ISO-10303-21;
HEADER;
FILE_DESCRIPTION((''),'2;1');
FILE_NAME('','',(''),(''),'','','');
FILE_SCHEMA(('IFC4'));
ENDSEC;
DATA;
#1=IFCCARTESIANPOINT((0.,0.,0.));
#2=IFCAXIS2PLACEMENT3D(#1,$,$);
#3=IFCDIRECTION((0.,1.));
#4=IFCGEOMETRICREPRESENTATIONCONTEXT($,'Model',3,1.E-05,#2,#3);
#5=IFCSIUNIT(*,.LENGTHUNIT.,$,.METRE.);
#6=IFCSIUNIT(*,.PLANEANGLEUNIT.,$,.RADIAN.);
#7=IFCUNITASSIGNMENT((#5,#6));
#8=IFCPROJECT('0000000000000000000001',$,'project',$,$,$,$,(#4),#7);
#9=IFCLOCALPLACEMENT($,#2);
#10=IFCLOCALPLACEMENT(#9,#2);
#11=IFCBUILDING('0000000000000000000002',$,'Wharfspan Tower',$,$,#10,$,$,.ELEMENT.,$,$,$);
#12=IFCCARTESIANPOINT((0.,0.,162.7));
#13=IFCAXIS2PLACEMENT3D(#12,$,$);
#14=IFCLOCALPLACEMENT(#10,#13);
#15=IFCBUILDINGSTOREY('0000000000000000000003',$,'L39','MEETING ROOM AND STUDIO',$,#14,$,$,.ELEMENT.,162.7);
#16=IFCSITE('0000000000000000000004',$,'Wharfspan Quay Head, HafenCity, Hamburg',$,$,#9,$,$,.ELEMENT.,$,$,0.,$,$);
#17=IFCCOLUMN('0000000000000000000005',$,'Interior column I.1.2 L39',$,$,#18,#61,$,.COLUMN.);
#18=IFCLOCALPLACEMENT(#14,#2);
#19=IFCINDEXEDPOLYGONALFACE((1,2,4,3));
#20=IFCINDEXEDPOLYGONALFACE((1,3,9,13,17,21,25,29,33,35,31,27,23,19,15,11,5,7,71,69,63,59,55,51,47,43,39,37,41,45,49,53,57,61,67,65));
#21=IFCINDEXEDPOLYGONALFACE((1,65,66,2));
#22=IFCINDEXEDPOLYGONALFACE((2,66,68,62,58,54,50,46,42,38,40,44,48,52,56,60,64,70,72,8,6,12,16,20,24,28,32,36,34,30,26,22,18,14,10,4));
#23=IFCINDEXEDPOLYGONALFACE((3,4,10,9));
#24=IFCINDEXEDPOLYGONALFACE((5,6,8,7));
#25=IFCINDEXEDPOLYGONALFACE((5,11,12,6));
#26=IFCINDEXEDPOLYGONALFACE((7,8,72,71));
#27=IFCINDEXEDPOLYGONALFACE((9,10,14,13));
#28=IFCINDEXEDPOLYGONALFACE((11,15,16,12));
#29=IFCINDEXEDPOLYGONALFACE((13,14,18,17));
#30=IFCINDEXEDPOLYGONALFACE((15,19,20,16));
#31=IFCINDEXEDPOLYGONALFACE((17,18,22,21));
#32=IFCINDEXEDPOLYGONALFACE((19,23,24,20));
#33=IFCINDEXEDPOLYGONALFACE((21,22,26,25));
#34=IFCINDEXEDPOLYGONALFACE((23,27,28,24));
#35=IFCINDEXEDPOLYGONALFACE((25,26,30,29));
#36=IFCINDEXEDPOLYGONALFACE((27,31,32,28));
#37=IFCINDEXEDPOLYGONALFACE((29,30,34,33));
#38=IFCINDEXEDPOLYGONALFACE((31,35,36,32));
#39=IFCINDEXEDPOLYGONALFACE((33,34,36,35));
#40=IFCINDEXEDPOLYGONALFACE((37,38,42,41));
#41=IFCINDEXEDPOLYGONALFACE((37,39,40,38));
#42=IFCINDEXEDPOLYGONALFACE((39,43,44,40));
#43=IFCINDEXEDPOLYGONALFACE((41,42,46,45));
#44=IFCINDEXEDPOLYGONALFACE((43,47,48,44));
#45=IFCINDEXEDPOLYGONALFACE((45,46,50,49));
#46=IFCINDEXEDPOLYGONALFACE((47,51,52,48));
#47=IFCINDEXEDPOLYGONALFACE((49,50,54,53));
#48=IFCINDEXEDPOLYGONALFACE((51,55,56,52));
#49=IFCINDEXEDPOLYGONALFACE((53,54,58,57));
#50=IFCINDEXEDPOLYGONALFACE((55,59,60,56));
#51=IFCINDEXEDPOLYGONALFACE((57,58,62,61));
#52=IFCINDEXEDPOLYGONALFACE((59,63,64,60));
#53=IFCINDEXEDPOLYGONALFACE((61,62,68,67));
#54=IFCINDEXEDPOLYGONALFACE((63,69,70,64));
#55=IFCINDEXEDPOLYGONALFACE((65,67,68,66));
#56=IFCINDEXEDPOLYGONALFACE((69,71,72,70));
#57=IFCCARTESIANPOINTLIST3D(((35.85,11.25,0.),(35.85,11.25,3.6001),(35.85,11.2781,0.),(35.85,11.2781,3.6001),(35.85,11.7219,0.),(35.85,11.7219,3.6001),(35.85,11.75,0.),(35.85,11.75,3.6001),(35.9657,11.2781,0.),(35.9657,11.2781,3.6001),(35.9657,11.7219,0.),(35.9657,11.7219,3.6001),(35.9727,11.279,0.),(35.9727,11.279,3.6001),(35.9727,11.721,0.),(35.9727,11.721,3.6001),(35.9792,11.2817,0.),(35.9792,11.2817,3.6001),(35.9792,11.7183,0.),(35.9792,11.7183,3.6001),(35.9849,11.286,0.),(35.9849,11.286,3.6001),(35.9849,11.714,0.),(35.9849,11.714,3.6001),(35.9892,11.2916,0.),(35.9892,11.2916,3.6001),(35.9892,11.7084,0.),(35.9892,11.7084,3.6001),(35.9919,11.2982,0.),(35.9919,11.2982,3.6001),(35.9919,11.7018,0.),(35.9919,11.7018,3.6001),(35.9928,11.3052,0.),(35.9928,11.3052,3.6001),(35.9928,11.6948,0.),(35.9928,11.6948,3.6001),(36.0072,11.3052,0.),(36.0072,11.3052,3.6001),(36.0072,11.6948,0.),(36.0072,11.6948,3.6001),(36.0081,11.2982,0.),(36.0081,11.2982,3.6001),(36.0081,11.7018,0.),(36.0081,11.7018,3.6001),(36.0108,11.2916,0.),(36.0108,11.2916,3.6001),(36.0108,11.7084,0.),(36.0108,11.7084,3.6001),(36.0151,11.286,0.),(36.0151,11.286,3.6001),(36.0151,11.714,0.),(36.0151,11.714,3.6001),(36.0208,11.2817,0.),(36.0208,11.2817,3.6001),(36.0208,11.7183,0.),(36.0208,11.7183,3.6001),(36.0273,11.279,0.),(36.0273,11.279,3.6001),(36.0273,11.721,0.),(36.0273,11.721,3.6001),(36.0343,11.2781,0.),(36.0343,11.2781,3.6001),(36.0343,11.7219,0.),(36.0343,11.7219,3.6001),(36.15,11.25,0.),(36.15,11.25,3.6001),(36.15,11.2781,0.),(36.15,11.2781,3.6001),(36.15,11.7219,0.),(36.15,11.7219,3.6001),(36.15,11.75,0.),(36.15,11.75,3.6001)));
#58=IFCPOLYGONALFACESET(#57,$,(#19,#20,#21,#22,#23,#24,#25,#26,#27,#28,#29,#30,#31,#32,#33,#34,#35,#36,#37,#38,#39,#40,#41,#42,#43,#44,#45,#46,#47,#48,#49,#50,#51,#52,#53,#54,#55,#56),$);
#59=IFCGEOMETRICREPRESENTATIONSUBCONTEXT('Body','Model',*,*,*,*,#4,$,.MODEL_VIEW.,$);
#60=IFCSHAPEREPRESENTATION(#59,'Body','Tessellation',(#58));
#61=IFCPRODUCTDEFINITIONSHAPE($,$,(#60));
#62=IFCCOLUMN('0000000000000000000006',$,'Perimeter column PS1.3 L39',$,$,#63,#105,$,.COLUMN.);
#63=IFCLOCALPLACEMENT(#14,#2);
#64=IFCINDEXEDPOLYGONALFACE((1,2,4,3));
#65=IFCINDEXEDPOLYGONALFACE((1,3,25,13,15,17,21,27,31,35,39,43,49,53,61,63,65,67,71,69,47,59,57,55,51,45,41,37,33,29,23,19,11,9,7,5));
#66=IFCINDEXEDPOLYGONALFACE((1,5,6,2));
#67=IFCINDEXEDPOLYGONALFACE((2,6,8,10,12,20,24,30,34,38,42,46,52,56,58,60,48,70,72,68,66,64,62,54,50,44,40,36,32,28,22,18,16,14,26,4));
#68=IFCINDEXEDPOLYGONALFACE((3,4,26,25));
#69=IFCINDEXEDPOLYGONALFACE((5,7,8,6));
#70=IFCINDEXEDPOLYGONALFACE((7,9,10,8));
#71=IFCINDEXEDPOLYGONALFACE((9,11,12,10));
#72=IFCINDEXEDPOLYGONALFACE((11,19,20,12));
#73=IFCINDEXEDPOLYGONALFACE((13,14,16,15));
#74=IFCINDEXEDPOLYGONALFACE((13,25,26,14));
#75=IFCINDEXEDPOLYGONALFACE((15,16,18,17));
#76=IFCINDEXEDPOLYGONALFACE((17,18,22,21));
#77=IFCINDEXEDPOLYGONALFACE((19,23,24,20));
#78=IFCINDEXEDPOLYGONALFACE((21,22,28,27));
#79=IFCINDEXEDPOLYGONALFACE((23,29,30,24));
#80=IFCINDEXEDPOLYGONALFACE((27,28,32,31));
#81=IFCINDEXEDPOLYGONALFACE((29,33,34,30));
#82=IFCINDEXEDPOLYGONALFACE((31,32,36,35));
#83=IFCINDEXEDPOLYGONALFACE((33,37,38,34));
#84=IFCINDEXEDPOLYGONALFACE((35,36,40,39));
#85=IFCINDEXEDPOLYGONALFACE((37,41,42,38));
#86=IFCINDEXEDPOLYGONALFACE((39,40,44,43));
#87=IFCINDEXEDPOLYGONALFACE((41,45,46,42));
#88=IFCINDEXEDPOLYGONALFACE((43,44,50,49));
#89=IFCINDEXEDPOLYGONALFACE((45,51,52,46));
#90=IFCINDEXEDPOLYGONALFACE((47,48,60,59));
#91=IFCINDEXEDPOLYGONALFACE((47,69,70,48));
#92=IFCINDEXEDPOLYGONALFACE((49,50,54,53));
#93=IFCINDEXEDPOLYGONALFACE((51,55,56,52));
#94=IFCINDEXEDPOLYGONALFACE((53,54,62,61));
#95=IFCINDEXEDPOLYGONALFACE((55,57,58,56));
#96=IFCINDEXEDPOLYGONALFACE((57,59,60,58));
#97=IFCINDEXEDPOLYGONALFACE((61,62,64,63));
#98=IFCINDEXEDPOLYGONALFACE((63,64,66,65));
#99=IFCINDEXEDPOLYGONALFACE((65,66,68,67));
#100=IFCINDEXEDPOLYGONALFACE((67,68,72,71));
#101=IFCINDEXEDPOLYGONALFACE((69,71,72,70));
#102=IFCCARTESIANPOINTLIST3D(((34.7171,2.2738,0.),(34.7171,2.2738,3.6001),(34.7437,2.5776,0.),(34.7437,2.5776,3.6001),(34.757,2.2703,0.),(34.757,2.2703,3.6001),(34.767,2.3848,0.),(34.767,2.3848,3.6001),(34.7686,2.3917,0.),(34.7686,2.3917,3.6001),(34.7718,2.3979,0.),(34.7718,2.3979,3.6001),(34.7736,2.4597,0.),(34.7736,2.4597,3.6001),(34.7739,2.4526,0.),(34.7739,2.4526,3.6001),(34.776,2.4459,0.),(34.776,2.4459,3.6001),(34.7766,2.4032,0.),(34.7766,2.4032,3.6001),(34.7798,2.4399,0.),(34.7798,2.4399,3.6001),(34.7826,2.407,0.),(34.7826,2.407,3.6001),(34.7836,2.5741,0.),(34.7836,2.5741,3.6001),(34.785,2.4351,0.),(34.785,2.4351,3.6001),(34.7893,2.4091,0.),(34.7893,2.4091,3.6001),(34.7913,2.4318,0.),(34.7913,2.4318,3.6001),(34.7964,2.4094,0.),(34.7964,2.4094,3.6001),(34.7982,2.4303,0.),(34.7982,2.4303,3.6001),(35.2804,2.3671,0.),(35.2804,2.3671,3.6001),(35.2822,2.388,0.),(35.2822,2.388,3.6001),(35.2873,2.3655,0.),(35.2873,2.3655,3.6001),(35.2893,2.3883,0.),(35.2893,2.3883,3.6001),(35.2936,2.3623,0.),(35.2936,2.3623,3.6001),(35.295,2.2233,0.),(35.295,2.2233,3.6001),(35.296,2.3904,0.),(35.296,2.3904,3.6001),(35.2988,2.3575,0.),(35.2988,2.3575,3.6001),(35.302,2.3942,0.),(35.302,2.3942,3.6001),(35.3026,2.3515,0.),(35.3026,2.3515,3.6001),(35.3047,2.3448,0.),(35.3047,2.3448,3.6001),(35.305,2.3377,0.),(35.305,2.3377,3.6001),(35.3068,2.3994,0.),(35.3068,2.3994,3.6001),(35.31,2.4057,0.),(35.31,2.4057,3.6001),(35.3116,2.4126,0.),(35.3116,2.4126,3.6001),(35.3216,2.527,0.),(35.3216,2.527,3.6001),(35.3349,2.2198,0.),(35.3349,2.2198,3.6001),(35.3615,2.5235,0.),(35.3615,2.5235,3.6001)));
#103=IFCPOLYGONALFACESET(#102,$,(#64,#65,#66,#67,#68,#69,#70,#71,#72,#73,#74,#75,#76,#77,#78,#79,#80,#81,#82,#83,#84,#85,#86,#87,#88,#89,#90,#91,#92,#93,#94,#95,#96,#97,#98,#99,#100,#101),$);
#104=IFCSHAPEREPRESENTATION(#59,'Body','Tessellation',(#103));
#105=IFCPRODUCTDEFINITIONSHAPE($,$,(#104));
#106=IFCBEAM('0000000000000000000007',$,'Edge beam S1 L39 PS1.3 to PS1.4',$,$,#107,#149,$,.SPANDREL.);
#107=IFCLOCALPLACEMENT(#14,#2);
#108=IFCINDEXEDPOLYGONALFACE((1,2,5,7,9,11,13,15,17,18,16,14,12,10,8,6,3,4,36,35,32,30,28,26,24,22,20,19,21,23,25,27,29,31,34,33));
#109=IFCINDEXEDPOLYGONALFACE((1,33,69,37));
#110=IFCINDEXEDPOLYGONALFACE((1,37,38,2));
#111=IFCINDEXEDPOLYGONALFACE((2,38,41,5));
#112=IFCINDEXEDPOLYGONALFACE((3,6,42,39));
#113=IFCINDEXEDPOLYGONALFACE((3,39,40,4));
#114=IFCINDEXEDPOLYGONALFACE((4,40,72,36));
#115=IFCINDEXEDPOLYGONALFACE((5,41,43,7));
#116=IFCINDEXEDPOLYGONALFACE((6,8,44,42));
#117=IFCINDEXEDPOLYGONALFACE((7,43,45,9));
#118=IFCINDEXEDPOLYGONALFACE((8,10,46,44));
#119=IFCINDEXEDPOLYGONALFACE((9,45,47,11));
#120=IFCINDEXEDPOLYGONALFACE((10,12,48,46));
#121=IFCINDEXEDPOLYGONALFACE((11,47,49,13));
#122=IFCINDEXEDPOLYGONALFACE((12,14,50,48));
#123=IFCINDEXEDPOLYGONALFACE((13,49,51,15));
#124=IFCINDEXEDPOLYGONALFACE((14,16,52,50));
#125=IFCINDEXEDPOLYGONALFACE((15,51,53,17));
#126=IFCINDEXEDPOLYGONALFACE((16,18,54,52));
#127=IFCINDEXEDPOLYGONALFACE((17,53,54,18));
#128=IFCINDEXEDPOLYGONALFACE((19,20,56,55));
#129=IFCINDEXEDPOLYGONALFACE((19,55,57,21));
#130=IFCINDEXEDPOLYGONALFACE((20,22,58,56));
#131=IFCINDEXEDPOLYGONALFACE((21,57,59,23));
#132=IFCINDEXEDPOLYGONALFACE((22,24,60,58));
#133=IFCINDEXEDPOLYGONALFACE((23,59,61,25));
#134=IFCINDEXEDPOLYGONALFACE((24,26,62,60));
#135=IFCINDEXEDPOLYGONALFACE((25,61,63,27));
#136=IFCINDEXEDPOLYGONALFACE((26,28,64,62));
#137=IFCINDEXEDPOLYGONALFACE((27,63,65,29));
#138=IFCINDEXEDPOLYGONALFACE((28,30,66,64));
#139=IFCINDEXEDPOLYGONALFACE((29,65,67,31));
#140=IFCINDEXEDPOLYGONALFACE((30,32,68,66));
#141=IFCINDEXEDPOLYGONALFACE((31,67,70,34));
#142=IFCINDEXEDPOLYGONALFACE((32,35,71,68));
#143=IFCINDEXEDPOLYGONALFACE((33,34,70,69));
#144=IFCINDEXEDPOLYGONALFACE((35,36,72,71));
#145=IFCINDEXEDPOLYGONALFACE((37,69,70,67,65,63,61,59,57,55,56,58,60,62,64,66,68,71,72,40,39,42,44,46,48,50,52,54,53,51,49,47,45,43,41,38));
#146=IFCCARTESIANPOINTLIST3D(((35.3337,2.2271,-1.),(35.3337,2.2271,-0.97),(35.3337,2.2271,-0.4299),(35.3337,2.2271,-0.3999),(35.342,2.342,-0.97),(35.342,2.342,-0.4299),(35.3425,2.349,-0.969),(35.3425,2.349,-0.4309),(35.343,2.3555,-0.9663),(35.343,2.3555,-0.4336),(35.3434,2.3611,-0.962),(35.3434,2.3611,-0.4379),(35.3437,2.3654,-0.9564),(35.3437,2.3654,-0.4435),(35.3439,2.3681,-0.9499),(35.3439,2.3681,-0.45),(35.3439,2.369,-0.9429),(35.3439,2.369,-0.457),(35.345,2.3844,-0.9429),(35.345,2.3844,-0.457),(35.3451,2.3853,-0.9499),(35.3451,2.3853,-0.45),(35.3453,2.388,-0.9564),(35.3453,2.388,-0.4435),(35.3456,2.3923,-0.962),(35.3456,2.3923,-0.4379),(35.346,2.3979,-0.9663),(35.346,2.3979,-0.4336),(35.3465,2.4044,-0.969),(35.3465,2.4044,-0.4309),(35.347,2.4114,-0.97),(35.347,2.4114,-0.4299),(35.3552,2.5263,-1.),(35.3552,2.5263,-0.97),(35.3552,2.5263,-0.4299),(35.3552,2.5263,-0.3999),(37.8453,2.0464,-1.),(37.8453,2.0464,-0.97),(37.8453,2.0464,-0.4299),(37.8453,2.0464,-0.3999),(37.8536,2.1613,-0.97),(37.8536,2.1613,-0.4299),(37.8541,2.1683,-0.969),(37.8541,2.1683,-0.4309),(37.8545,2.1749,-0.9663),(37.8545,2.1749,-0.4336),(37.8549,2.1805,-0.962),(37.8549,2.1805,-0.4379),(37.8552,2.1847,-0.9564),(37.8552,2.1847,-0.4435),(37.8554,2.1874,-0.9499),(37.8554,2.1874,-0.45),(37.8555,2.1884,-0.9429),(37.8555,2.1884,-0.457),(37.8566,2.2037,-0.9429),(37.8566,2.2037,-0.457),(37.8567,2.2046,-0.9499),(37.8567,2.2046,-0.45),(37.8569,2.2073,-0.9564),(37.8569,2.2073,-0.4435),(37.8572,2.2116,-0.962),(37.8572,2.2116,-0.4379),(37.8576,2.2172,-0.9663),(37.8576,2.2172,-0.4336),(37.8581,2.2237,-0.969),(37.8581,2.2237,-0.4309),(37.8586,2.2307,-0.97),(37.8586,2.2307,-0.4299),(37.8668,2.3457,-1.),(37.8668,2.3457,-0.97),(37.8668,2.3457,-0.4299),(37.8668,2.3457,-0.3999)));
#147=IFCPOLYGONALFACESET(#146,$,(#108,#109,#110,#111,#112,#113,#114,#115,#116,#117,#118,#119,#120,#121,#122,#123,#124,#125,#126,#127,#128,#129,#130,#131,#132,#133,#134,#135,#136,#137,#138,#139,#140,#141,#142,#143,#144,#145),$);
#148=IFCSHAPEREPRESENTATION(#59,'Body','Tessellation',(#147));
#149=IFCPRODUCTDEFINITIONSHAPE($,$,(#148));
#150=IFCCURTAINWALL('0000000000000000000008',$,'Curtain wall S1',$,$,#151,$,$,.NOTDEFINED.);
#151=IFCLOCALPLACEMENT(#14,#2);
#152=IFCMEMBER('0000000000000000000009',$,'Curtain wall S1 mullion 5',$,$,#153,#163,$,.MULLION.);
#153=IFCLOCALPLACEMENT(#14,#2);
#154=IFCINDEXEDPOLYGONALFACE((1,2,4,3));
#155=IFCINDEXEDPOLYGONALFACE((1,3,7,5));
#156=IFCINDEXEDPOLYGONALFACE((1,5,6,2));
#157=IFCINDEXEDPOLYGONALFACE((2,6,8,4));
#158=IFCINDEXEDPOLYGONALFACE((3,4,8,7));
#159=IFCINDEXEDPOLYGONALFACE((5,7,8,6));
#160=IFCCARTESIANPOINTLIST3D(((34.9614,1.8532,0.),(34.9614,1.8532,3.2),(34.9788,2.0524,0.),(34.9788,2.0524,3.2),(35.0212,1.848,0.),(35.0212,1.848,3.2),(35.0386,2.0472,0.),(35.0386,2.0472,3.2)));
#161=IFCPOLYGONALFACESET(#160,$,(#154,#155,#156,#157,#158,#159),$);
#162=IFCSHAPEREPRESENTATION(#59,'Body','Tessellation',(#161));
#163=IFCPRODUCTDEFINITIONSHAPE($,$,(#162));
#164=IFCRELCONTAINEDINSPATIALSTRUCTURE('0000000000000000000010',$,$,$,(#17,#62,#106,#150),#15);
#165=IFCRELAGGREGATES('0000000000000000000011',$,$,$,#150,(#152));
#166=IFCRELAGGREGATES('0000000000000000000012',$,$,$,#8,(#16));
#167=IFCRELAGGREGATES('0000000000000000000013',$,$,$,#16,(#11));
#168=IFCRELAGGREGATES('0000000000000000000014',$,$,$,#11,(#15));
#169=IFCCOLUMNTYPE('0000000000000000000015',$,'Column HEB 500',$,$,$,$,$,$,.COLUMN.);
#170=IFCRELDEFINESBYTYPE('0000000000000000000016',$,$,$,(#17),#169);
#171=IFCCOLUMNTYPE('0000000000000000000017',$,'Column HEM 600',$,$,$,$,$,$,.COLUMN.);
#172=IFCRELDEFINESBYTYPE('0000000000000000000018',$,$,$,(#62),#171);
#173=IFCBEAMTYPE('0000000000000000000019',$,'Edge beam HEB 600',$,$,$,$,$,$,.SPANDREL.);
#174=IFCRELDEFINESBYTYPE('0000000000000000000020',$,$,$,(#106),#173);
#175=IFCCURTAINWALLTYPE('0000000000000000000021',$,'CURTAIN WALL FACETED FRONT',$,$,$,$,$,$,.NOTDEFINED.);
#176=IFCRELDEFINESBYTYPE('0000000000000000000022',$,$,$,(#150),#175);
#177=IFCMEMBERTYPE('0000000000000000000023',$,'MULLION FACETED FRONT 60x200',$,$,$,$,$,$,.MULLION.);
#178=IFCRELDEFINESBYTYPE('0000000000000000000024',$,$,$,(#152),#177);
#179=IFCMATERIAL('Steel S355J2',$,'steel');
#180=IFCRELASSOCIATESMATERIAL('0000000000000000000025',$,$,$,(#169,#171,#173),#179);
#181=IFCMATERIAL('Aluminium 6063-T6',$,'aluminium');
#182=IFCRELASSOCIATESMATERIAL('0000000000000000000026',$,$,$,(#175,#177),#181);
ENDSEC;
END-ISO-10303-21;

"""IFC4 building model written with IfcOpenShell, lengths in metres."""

from ifc_helpers import new_model, si_unit, direction, frame, origin, origin_2d, place, context, subcontext, project, spatial, rectangle, i_section, extrude, material, material_profile, profile_set, type_object, element, aggregate, save


model = new_model("IFC4")

# Units and contexts
model_context = context("Model", 3, precision=1e-05, world=origin(), true_north=direction((0.0, 1.0)))
body_context = subcontext(model_context, "Body", "Model", "MODEL_VIEW")
ifc_project = project(units=[si_unit("LENGTHUNIT", "METRE"), si_unit("PLANEANGLEUNIT", "RADIAN")], contexts=[model_context])

# Site, building, storey
site_placement = place(None, origin())
site = spatial("IfcSite", under=ifc_project, at=site_placement, Name="Wharfspan Quay Head, HafenCity, Hamburg", CompositionType="ELEMENT", RefElevation=0.0)
building_placement = place(site_placement, origin())
building = spatial("IfcBuilding", under=site, at=building_placement, Name="Wharfspan Tower", CompositionType="ELEMENT")
storey_placement = place(building_placement, frame((0.0, 0.0, 162.7)))
storey = spatial("IfcBuildingStorey", under=building, at=storey_placement, Name="L39", Description="MEETING ROOM AND STUDIO", CompositionType="ELEMENT", Elevation=162.7)

# Columns
ifc_material_1 = material(Name="Steel S355J2", Category="steel")
ifc_material_profile_1 = material_profile(ifc_material_1, i_section(OverallWidth=0.3, OverallDepth=0.5, WebThickness=0.0144, FlangeThickness=0.0281, FilletRadius=0.0271, at=origin_2d()))
ifc_profile_set_1 = profile_set([ifc_material_profile_1], Name="Steel S355J2")
column_type_1 = type_object("IfcColumnType", Name="Column HEB 500", PredefinedType="COLUMN", material=ifc_profile_set_1)
column_1_placement = place(storey_placement, frame((36.0, 11.5, 0.0), z_axis=(0.0, 0.0, 1.0), x_axis=(1.0, 0.0, 0.0)))
element("IfcColumn", 1, at=column_1_placement, inside=storey, type_object=column_type_1, Name="Interior column I.1.2 L39", PredefinedType="COLUMN", context=body_context, shape_type="SweptSolid", body=[
    extrude(i_section(OverallWidth=0.3, OverallDepth=0.5, WebThickness=0.0144, FlangeThickness=0.0281, FilletRadius=0.0271, at=origin_2d()), origin(), (0.0, 0.0, 1.0), 3.6001),
])
ifc_material_profile_2 = material_profile(ifc_material_1, i_section(OverallWidth=0.3049, OverallDepth=0.6201, WebThickness=0.021, FlangeThickness=0.04, FilletRadius=0.0271, at=origin_2d()))
ifc_profile_set_2 = profile_set([ifc_material_profile_2], Name="Steel S355J2")
column_type_2 = type_object("IfcColumnType", Name="Column HEM 600", PredefinedType="COLUMN", material=ifc_profile_set_2)
column_2_placement = place(storey_placement, frame((35.0393, 2.3987, 0.0), z_axis=(0.0, 0.0, 1.0), x_axis=(-0.087156, -0.996198, 0.0)))
element("IfcColumn", 2, at=column_2_placement, inside=storey, type_object=column_type_2, Name="Perimeter column PS1.3 L39", PredefinedType="COLUMN", context=body_context, shape_type="SweptSolid", body=[
    extrude(i_section(OverallWidth=0.3049, OverallDepth=0.6201, WebThickness=0.021, FlangeThickness=0.04, FilletRadius=0.0271, at=origin_2d()), origin(), (0.0, 0.0, 1.0), 3.6001),
])

# Beam
ifc_material_profile_3 = material_profile(ifc_material_1, i_section(OverallWidth=0.3, OverallDepth=0.6001, WebThickness=0.0154, FlangeThickness=0.03, FilletRadius=0.0271, at=origin_2d()))
ifc_profile_set_3 = profile_set([ifc_material_profile_3], Name="Steel S355J2")
beam_type = type_object("IfcBeamType", Name="Edge beam HEB 600", PredefinedType="SPANDREL", material=ifc_profile_set_3)
beam_placement = place(storey_placement, frame((35.3445, 2.3767, -0.7), z_axis=(0.997423, -0.07175, 0.0), x_axis=(0.07175, 0.997423, 0.0)))
element("IfcBeam", 3, at=beam_placement, inside=storey, type_object=beam_type, Name="Edge beam S1 L39 PS1.3 to PS1.4", PredefinedType="SPANDREL", context=body_context, shape_type="SweptSolid", body=[
    extrude(i_section(OverallWidth=0.3, OverallDepth=0.6001, WebThickness=0.0154, FlangeThickness=0.03, FilletRadius=0.0271, at=origin_2d()), origin(), (0.0, 0.0, 1.0), 2.5181),
])

# Curtain wall, member
ifc_material_2 = material(Name="Aluminium 6063-T6", Category="aluminium")
curtain_wall_type = type_object("IfcCurtainWallType", Name="CURTAIN WALL FACETED FRONT", PredefinedType="NOTDEFINED", material=ifc_material_2)
curtain_wall_placement = place(storey_placement, origin())
curtain_wall = element("IfcCurtainWall", 4, at=curtain_wall_placement, inside=storey, type_object=curtain_wall_type, Name="Curtain wall S1", PredefinedType="NOTDEFINED")
ifc_material_profile_4 = material_profile(ifc_material_2, rectangle(XDim=0.2, YDim=0.0601, at=origin_2d()))
ifc_profile_set_4 = profile_set([ifc_material_profile_4], Name="Aluminium 6063-T6")
member_type_1 = type_object("IfcMemberType", Name="MULLION FACETED FRONT 60x200", PredefinedType="MULLION", material=ifc_profile_set_4)
member_1_placement = place(storey_placement, frame((35.0, 1.9502, 0.0), z_axis=(0.0, 0.0, 1.0), x_axis=(0.087156, 0.996198, 0.0)))
member_1 = element("IfcMember", 5, at=member_1_placement, type_object=member_type_1, Name="Curtain wall S1 mullion 5", PredefinedType="MULLION", context=body_context, shape_type="SweptSolid", body=[
    extrude(rectangle(XDim=0.2, YDim=0.0601, at=origin_2d()), origin(), (0.0, 0.0, 1.0), 3.2),
])

aggregate(curtain_wall, [member_1])

save(model, "model.ifc")
